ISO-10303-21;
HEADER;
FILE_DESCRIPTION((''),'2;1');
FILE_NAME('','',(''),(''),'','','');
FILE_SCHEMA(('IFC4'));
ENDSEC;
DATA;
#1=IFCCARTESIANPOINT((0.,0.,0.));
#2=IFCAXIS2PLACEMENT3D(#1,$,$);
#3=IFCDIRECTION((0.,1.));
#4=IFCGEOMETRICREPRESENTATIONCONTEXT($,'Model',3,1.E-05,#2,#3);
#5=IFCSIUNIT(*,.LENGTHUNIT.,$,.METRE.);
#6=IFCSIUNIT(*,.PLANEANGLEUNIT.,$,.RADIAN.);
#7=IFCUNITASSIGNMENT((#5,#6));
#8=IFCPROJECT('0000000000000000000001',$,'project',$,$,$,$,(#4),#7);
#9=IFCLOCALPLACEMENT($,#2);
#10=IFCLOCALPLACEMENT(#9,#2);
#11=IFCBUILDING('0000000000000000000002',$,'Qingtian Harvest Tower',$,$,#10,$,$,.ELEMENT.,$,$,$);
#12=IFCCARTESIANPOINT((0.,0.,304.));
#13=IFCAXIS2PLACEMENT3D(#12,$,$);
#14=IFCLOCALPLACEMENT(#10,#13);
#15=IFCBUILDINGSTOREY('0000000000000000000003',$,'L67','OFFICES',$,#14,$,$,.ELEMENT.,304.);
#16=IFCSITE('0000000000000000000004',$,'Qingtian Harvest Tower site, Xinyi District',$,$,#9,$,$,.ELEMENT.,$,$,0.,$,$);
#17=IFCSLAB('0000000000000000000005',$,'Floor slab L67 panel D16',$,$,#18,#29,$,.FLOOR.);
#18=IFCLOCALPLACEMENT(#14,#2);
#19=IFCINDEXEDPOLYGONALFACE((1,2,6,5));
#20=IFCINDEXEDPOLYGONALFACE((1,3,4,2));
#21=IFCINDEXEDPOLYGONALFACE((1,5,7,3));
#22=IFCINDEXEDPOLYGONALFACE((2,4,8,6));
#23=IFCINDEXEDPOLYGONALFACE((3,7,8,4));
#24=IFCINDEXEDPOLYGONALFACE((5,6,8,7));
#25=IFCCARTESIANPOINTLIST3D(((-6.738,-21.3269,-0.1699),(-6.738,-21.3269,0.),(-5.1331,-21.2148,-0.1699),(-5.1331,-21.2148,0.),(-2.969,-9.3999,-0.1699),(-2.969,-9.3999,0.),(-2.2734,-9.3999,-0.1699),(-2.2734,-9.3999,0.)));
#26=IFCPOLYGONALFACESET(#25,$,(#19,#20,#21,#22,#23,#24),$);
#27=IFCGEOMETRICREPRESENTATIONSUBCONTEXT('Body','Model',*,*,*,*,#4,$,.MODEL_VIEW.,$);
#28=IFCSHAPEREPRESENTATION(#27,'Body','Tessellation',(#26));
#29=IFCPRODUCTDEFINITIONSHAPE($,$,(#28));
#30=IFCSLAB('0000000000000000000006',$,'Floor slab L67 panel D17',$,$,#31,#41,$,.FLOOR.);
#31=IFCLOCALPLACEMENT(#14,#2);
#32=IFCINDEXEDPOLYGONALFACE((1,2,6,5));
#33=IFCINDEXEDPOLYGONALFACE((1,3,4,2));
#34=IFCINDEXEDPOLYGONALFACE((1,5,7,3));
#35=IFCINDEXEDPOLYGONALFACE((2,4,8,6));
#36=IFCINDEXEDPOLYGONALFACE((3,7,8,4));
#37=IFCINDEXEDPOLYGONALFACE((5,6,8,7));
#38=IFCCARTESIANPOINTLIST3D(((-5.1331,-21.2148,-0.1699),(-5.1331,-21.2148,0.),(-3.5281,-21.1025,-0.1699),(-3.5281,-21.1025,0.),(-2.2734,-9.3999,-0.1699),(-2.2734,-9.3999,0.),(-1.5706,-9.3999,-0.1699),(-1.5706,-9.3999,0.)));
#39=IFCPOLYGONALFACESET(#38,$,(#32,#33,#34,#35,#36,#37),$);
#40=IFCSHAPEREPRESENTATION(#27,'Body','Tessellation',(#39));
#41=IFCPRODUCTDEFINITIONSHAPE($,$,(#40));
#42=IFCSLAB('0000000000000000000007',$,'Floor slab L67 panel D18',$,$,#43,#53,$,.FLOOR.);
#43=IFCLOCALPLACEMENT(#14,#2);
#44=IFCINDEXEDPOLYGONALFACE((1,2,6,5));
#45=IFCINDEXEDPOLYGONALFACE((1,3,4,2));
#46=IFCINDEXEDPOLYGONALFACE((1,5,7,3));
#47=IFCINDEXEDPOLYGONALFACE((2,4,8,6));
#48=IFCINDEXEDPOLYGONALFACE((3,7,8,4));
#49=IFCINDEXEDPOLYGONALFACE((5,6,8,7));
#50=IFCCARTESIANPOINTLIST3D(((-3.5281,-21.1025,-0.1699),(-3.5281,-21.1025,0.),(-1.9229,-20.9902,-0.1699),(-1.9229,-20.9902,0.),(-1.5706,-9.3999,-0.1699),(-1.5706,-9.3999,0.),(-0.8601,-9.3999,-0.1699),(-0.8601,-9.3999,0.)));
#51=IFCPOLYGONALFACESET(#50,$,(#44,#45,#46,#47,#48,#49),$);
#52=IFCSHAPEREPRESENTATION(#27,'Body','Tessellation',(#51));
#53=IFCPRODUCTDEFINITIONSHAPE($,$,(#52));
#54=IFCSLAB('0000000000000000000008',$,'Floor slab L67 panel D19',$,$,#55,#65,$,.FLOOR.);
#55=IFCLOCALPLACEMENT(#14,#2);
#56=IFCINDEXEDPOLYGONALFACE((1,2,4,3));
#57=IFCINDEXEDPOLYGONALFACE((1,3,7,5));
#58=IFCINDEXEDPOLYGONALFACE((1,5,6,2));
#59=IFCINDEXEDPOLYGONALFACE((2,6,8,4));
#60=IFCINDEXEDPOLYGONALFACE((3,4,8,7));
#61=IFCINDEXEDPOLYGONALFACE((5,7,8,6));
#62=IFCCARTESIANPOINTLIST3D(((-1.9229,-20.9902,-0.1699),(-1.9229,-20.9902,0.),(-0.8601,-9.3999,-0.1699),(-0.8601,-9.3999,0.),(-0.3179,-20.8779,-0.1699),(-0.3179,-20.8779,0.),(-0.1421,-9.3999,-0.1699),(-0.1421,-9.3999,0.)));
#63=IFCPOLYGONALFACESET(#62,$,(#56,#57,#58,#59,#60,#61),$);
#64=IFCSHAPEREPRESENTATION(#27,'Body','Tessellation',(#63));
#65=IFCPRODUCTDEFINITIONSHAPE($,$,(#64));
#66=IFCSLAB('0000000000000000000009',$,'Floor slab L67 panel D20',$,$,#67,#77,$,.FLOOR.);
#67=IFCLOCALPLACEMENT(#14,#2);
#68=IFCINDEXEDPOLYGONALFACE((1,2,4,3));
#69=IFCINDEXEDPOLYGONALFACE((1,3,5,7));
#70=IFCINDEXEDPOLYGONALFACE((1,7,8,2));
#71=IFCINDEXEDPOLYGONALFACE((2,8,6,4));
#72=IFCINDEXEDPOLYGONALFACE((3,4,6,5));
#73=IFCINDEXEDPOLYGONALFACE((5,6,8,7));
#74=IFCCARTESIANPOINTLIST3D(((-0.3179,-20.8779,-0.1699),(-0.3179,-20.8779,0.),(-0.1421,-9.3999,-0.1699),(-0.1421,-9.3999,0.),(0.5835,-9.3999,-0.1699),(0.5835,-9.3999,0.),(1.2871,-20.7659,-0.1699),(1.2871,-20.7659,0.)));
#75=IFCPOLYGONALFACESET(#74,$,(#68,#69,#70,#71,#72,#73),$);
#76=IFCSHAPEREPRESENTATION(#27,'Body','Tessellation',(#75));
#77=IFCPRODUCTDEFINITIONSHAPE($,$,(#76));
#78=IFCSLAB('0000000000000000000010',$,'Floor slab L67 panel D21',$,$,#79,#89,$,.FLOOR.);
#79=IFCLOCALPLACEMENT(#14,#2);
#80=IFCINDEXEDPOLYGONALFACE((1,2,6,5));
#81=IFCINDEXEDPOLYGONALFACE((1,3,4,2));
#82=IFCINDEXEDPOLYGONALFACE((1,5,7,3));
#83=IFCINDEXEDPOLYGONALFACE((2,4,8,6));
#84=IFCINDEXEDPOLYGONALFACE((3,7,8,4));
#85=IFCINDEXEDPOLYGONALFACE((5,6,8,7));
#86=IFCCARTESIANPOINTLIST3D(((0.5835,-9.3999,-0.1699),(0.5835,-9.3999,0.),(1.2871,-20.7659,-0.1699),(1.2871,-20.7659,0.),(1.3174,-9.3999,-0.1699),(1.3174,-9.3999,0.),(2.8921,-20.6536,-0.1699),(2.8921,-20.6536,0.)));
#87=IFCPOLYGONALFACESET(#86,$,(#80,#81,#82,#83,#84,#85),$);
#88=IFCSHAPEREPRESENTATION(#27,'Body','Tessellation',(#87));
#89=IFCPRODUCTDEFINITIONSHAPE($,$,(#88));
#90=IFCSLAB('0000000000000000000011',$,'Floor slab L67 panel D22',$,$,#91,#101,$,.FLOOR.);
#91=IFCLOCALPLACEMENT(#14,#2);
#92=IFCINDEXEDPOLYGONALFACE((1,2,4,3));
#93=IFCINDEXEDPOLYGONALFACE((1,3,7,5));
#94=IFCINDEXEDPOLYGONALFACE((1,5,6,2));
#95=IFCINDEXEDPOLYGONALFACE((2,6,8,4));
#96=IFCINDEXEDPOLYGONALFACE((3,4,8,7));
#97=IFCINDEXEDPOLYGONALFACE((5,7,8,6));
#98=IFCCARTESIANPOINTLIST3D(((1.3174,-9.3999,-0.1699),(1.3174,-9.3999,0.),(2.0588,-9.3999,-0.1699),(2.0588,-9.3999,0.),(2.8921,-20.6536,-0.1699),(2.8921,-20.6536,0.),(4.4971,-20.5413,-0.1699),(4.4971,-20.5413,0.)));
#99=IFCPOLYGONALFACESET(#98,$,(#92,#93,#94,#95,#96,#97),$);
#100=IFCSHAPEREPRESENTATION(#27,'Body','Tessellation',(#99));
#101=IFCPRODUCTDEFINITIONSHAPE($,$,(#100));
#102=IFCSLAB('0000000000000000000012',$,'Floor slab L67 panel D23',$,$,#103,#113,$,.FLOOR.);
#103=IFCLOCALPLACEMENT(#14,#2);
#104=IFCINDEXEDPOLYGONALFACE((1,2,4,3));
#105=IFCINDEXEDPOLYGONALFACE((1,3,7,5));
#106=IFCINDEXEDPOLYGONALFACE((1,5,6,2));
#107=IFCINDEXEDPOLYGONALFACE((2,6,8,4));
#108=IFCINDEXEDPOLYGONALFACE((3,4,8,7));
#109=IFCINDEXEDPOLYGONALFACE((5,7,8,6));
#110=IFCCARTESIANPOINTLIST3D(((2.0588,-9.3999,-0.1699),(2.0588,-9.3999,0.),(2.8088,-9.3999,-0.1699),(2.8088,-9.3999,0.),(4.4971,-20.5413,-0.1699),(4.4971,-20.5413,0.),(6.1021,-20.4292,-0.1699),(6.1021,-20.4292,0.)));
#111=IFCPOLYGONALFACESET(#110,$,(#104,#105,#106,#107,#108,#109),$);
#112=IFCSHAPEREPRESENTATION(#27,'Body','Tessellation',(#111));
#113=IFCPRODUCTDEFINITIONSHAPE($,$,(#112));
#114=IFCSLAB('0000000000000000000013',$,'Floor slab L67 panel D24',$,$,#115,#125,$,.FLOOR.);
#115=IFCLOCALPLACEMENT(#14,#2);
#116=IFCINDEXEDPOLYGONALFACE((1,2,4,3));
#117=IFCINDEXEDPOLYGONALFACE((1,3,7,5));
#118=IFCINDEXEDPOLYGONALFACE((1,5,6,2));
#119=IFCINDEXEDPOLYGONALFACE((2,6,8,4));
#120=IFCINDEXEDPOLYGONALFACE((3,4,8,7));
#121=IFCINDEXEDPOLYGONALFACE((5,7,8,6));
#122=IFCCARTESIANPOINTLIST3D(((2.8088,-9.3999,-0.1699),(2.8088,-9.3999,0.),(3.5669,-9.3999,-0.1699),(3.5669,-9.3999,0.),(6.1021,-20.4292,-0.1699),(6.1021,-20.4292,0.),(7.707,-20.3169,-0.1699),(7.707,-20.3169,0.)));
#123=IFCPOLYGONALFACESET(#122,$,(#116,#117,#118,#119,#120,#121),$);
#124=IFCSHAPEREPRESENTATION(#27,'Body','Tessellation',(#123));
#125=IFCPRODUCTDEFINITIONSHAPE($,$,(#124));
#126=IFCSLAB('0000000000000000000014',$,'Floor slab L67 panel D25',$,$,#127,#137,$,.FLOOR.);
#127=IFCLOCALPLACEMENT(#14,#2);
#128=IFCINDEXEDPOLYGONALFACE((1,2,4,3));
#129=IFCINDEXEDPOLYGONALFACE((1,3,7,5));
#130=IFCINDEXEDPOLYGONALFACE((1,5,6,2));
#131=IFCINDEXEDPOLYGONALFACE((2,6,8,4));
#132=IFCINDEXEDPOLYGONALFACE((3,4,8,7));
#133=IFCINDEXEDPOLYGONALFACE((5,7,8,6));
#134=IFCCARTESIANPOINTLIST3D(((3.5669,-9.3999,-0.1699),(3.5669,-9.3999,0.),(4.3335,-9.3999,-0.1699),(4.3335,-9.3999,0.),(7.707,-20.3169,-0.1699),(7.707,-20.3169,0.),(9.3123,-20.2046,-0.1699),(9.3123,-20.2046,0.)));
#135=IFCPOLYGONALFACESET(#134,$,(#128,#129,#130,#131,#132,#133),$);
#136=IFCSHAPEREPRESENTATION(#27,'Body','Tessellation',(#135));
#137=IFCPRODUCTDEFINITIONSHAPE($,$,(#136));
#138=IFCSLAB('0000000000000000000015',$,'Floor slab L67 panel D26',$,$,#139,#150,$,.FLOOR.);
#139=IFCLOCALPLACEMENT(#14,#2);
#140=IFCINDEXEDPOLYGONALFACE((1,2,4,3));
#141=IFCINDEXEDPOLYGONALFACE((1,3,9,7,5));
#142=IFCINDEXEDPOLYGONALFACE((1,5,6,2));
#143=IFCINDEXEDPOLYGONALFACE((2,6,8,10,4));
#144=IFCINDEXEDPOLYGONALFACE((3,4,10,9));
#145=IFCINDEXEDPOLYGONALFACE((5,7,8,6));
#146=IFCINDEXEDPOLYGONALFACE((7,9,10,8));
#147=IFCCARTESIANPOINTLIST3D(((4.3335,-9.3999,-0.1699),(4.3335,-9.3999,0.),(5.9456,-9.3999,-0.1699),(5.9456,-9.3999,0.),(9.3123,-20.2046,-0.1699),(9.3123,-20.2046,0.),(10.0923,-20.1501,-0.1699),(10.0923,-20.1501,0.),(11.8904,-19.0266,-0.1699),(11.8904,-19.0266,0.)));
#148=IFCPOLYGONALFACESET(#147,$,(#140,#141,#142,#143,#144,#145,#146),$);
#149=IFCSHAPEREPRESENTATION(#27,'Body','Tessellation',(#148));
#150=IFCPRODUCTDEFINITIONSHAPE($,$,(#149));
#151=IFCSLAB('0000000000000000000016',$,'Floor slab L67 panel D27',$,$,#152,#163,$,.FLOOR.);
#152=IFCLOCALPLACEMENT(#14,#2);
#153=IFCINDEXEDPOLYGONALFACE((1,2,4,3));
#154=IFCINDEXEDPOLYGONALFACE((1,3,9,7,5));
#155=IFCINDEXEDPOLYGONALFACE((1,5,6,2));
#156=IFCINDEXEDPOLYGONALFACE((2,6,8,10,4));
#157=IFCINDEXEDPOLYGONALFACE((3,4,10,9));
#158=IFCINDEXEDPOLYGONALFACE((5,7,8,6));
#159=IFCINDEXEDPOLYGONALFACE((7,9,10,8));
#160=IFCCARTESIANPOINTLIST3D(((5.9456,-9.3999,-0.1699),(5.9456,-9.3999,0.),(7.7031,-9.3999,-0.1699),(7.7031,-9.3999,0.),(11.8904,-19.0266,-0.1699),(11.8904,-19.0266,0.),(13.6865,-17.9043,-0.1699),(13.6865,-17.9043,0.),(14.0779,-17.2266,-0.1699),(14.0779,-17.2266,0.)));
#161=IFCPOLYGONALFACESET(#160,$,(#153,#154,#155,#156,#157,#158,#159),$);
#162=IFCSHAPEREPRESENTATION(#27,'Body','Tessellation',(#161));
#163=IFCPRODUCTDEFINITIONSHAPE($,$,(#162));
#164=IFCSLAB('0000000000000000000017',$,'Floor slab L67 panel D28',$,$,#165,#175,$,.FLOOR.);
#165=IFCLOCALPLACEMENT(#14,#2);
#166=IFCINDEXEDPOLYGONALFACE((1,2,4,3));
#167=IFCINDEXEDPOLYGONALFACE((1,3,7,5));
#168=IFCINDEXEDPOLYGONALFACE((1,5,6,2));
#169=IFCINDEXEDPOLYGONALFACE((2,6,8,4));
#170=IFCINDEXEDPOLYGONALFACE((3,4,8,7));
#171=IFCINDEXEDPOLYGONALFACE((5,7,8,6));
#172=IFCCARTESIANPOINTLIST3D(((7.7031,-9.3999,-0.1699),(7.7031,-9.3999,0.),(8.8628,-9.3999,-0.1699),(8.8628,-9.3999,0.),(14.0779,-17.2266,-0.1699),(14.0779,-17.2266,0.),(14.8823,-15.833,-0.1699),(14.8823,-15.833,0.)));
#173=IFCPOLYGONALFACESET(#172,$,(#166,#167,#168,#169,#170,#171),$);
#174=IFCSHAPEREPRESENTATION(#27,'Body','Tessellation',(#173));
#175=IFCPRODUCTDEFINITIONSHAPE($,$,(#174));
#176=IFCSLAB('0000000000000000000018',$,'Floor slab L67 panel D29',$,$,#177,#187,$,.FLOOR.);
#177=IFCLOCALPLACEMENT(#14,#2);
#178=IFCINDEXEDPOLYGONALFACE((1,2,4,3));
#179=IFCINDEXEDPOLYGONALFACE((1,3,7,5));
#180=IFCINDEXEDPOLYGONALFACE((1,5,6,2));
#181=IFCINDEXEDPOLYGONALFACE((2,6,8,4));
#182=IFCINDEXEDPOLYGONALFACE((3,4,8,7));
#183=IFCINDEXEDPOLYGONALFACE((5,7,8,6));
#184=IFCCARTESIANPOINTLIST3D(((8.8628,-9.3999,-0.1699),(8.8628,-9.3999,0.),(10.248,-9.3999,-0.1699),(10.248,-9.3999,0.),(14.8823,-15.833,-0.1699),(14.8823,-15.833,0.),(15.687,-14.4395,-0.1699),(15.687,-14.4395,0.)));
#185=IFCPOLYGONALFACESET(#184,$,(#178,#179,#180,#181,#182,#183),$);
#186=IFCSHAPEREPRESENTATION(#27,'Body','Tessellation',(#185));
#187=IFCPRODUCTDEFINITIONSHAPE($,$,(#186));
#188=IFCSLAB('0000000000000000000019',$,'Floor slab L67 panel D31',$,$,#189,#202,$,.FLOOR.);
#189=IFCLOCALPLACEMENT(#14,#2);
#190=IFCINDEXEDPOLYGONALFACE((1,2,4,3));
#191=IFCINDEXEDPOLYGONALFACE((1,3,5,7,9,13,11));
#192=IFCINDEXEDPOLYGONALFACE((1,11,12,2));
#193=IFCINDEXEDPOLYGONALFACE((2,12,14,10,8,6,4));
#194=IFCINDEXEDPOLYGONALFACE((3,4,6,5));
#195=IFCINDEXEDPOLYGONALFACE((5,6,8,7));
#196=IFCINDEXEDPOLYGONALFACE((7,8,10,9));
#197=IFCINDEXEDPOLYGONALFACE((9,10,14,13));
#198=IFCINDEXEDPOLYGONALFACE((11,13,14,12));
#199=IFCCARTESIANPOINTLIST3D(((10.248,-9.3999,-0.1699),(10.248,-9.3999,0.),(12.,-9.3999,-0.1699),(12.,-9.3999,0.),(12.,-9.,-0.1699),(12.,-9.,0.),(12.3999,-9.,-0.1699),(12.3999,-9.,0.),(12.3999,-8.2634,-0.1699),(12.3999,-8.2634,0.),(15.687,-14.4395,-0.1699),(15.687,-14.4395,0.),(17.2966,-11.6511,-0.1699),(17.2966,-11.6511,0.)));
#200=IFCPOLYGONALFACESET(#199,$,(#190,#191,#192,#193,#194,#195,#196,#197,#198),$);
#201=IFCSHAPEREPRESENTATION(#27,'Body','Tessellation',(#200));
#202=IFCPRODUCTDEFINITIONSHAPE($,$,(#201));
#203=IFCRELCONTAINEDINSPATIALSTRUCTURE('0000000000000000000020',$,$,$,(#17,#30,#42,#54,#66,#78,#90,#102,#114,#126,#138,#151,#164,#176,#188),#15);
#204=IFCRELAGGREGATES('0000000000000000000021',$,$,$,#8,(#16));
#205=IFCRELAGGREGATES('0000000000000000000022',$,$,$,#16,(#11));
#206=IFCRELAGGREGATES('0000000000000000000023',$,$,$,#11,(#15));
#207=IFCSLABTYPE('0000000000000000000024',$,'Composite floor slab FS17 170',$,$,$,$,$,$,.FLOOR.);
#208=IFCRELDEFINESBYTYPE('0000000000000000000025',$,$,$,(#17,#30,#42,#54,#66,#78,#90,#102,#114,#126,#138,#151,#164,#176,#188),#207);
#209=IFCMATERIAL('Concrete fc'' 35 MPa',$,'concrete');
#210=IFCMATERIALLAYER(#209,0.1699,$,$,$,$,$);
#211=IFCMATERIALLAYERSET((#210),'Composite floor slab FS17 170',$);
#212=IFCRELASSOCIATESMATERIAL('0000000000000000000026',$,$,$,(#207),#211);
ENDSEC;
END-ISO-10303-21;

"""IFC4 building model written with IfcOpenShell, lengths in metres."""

from ifc_helpers import new_model, si_unit, direction, frame, origin, place, context, subcontext, project, spatial, polyline, outline, extrude, material, layer, layer_set, type_object, element, save


model = new_model("IFC4")

# Units and contexts
model_context = context("Model", 3, precision=1e-05, world=origin(), true_north=direction((0.0, 1.0)))
body_context = subcontext(model_context, "Body", "Model", "MODEL_VIEW")
ifc_project = project(units=[si_unit("LENGTHUNIT", "METRE"), si_unit("PLANEANGLEUNIT", "RADIAN")], contexts=[model_context])

# Site, building, storey
site_placement = place(None, origin())
site = spatial("IfcSite", under=ifc_project, at=site_placement, Name="Qingtian Harvest Tower site, Xinyi District", CompositionType="ELEMENT", RefElevation=0.0)
building_placement = place(site_placement, origin())
building = spatial("IfcBuilding", under=site, at=building_placement, Name="Qingtian Harvest Tower", CompositionType="ELEMENT")
storey_placement = place(building_placement, frame((0.0, 0.0, 304.0)))
storey = spatial("IfcBuildingStorey", under=building, at=storey_placement, Name="L67", Description="OFFICES", CompositionType="ELEMENT", Elevation=304.0)

# Slabs
ifc_material = material(Name="Concrete fc' 35 MPa", Category="concrete")
ifc_layer = layer(ifc_material, 0.1699)
ifc_layer_set = layer_set([ifc_layer], Name="Composite floor slab FS17 170")
slab_type = type_object("IfcSlabType", Name="Composite floor slab FS17 170", PredefinedType="FLOOR", material=ifc_layer_set)
slab_1_placement = place(storey_placement, frame((0.0, 0.0, -0.1699)))
element("IfcSlab", 1, at=slab_1_placement, inside=storey, type_object=slab_type, Name="Floor slab L67 panel D16", PredefinedType="FLOOR", context=body_context, shape_type="SweptSolid", body=[
    extrude(outline(polyline([(-2.2734, -9.3999), (-5.1331, -21.2148), (-6.738, -21.3269), (-2.969, -9.3999), (-2.2734, -9.3999)])), origin(), (0.0, 0.0, 1.0), 0.1699),
])
slab_2_placement = place(storey_placement, frame((0.0, 0.0, -0.1699)))
element("IfcSlab", 2, at=slab_2_placement, inside=storey, type_object=slab_type, Name="Floor slab L67 panel D17", PredefinedType="FLOOR", context=body_context, shape_type="SweptSolid", body=[
    extrude(outline(polyline([(-1.5706, -9.3999), (-3.5281, -21.1025), (-5.1331, -21.2148), (-2.2734, -9.3999), (-1.5706, -9.3999)])), origin(), (0.0, 0.0, 1.0), 0.1699),
])
slab_3_placement = place(storey_placement, frame((0.0, 0.0, -0.1699)))
element("IfcSlab", 3, at=slab_3_placement, inside=storey, type_object=slab_type, Name="Floor slab L67 panel D18", PredefinedType="FLOOR", context=body_context, shape_type="SweptSolid", body=[
    extrude(outline(polyline([(-0.8601, -9.3999), (-1.9229, -20.9902), (-3.5281, -21.1025), (-1.5706, -9.3999), (-0.8601, -9.3999)])), origin(), (0.0, 0.0, 1.0), 0.1699),
])
slab_4_placement = place(storey_placement, frame((0.0, 0.0, -0.1699)))
element("IfcSlab", 4, at=slab_4_placement, inside=storey, type_object=slab_type, Name="Floor slab L67 panel D19", PredefinedType="FLOOR", context=body_context, shape_type="SweptSolid", body=[
    extrude(outline(polyline([(-0.1421, -9.3999), (-0.3179, -20.8779), (-1.9229, -20.9902), (-0.8601, -9.3999), (-0.1421, -9.3999)])), origin(), (0.0, 0.0, 1.0), 0.1699),
])
slab_5_placement = place(storey_placement, frame((0.0, 0.0, -0.1699)))
element("IfcSlab", 5, at=slab_5_placement, inside=storey, type_object=slab_type, Name="Floor slab L67 panel D20", PredefinedType="FLOOR", context=body_context, shape_type="SweptSolid", body=[
    extrude(outline(polyline([(0.5835, -9.3999), (1.2871, -20.7659), (-0.3179, -20.8779), (-0.1421, -9.3999), (0.5835, -9.3999)])), origin(), (0.0, 0.0, 1.0), 0.1699),
])
slab_6_placement = place(storey_placement, frame((0.0, 0.0, -0.1699)))
element("IfcSlab", 6, at=slab_6_placement, inside=storey, type_object=slab_type, Name="Floor slab L67 panel D21", PredefinedType="FLOOR", context=body_context, shape_type="SweptSolid", body=[
    extrude(outline(polyline([(1.3174, -9.3999), (2.8921, -20.6536), (1.2871, -20.7659), (0.5835, -9.3999), (1.3174, -9.3999)])), origin(), (0.0, 0.0, 1.0), 0.1699),
])
slab_7_placement = place(storey_placement, frame((0.0, 0.0, -0.1699)))
element("IfcSlab", 7, at=slab_7_placement, inside=storey, type_object=slab_type, Name="Floor slab L67 panel D22", PredefinedType="FLOOR", context=body_context, shape_type="SweptSolid", body=[
    extrude(outline(polyline([(2.0588, -9.3999), (4.4971, -20.5413), (2.8921, -20.6536), (1.3174, -9.3999), (2.0588, -9.3999)])), origin(), (0.0, 0.0, 1.0), 0.1699),
])
slab_8_placement = place(storey_placement, frame((0.0, 0.0, -0.1699)))
element("IfcSlab", 8, at=slab_8_placement, inside=storey, type_object=slab_type, Name="Floor slab L67 panel D23", PredefinedType="FLOOR", context=body_context, shape_type="SweptSolid", body=[
    extrude(outline(polyline([(2.8088, -9.3999), (6.1021, -20.4292), (4.4971, -20.5413), (2.0588, -9.3999), (2.8088, -9.3999)])), origin(), (0.0, 0.0, 1.0), 0.1699),
])
slab_9_placement = place(storey_placement, frame((0.0, 0.0, -0.1699)))
element("IfcSlab", 9, at=slab_9_placement, inside=storey, type_object=slab_type, Name="Floor slab L67 panel D24", PredefinedType="FLOOR", context=body_context, shape_type="SweptSolid", body=[
    extrude(outline(polyline([(3.5669, -9.3999), (7.707, -20.3169), (6.1021, -20.4292), (2.8088, -9.3999), (3.5669, -9.3999)])), origin(), (0.0, 0.0, 1.0), 0.1699),
])
slab_10_placement = place(storey_placement, frame((0.0, 0.0, -0.1699)))
element("IfcSlab", 10, at=slab_10_placement, inside=storey, type_object=slab_type, Name="Floor slab L67 panel D25", PredefinedType="FLOOR", context=body_context, shape_type="SweptSolid", body=[
    extrude(outline(polyline([(4.3335, -9.3999), (9.3123, -20.2046), (7.707, -20.3169), (3.5669, -9.3999), (4.3335, -9.3999)])), origin(), (0.0, 0.0, 1.0), 0.1699),
])
slab_11_placement = place(storey_placement, frame((0.0, 0.0, -0.1699)))
element("IfcSlab", 11, at=slab_11_placement, inside=storey, type_object=slab_type, Name="Floor slab L67 panel D26", PredefinedType="FLOOR", context=body_context, shape_type="SweptSolid", body=[
    extrude(outline(polyline([(4.3335, -9.3999), (5.9456, -9.3999), (11.8904, -19.0266), (10.0923, -20.1501), (9.3123, -20.2046), (4.3335, -9.3999)])), origin(), (0.0, 0.0, 1.0), 0.1699),
])
slab_12_placement = place(storey_placement, frame((0.0, 0.0, -0.1699)))
element("IfcSlab", 12, at=slab_12_placement, inside=storey, type_object=slab_type, Name="Floor slab L67 panel D27", PredefinedType="FLOOR", context=body_context, shape_type="SweptSolid", body=[
    extrude(outline(polyline([(5.9456, -9.3999), (7.7031, -9.3999), (14.0779, -17.2266), (13.6865, -17.9043), (11.8904, -19.0266), (5.9456, -9.3999)])), origin(), (0.0, 0.0, 1.0), 0.1699),
])
slab_13_placement = place(storey_placement, frame((0.0, 0.0, -0.1699)))
element("IfcSlab", 13, at=slab_13_placement, inside=storey, type_object=slab_type, Name="Floor slab L67 panel D28", PredefinedType="FLOOR", context=body_context, shape_type="SweptSolid", body=[
    extrude(outline(polyline([(8.8628, -9.3999), (14.8823, -15.833), (14.0779, -17.2266), (7.7031, -9.3999), (8.8628, -9.3999)])), origin(), (0.0, 0.0, 1.0), 0.1699),
])
slab_14_placement = place(storey_placement, frame((0.0, 0.0, -0.1699)))
element("IfcSlab", 14, at=slab_14_placement, inside=storey, type_object=slab_type, Name="Floor slab L67 panel D29", PredefinedType="FLOOR", context=body_context, shape_type="SweptSolid", body=[
    extrude(outline(polyline([(10.248, -9.3999), (15.687, -14.4395), (14.8823, -15.833), (8.8628, -9.3999), (10.248, -9.3999)])), origin(), (0.0, 0.0, 1.0), 0.1699),
])
slab_15_placement = place(storey_placement, frame((0.0, 0.0, -0.1699)))
element("IfcSlab", 15, at=slab_15_placement, inside=storey, type_object=slab_type, Name="Floor slab L67 panel D31", PredefinedType="FLOOR", context=body_context, shape_type="SweptSolid", body=[
    extrude(outline(polyline([(12.3999, -8.2634), (17.2966, -11.6511), (15.687, -14.4395), (10.248, -9.3999), (12.0, -9.3999), (12.0, -9.0), (12.3999, -9.0), (12.3999, -8.2634)])), origin(), (0.0, 0.0, 1.0), 0.1699),
])

save(model, "model.ifc")
